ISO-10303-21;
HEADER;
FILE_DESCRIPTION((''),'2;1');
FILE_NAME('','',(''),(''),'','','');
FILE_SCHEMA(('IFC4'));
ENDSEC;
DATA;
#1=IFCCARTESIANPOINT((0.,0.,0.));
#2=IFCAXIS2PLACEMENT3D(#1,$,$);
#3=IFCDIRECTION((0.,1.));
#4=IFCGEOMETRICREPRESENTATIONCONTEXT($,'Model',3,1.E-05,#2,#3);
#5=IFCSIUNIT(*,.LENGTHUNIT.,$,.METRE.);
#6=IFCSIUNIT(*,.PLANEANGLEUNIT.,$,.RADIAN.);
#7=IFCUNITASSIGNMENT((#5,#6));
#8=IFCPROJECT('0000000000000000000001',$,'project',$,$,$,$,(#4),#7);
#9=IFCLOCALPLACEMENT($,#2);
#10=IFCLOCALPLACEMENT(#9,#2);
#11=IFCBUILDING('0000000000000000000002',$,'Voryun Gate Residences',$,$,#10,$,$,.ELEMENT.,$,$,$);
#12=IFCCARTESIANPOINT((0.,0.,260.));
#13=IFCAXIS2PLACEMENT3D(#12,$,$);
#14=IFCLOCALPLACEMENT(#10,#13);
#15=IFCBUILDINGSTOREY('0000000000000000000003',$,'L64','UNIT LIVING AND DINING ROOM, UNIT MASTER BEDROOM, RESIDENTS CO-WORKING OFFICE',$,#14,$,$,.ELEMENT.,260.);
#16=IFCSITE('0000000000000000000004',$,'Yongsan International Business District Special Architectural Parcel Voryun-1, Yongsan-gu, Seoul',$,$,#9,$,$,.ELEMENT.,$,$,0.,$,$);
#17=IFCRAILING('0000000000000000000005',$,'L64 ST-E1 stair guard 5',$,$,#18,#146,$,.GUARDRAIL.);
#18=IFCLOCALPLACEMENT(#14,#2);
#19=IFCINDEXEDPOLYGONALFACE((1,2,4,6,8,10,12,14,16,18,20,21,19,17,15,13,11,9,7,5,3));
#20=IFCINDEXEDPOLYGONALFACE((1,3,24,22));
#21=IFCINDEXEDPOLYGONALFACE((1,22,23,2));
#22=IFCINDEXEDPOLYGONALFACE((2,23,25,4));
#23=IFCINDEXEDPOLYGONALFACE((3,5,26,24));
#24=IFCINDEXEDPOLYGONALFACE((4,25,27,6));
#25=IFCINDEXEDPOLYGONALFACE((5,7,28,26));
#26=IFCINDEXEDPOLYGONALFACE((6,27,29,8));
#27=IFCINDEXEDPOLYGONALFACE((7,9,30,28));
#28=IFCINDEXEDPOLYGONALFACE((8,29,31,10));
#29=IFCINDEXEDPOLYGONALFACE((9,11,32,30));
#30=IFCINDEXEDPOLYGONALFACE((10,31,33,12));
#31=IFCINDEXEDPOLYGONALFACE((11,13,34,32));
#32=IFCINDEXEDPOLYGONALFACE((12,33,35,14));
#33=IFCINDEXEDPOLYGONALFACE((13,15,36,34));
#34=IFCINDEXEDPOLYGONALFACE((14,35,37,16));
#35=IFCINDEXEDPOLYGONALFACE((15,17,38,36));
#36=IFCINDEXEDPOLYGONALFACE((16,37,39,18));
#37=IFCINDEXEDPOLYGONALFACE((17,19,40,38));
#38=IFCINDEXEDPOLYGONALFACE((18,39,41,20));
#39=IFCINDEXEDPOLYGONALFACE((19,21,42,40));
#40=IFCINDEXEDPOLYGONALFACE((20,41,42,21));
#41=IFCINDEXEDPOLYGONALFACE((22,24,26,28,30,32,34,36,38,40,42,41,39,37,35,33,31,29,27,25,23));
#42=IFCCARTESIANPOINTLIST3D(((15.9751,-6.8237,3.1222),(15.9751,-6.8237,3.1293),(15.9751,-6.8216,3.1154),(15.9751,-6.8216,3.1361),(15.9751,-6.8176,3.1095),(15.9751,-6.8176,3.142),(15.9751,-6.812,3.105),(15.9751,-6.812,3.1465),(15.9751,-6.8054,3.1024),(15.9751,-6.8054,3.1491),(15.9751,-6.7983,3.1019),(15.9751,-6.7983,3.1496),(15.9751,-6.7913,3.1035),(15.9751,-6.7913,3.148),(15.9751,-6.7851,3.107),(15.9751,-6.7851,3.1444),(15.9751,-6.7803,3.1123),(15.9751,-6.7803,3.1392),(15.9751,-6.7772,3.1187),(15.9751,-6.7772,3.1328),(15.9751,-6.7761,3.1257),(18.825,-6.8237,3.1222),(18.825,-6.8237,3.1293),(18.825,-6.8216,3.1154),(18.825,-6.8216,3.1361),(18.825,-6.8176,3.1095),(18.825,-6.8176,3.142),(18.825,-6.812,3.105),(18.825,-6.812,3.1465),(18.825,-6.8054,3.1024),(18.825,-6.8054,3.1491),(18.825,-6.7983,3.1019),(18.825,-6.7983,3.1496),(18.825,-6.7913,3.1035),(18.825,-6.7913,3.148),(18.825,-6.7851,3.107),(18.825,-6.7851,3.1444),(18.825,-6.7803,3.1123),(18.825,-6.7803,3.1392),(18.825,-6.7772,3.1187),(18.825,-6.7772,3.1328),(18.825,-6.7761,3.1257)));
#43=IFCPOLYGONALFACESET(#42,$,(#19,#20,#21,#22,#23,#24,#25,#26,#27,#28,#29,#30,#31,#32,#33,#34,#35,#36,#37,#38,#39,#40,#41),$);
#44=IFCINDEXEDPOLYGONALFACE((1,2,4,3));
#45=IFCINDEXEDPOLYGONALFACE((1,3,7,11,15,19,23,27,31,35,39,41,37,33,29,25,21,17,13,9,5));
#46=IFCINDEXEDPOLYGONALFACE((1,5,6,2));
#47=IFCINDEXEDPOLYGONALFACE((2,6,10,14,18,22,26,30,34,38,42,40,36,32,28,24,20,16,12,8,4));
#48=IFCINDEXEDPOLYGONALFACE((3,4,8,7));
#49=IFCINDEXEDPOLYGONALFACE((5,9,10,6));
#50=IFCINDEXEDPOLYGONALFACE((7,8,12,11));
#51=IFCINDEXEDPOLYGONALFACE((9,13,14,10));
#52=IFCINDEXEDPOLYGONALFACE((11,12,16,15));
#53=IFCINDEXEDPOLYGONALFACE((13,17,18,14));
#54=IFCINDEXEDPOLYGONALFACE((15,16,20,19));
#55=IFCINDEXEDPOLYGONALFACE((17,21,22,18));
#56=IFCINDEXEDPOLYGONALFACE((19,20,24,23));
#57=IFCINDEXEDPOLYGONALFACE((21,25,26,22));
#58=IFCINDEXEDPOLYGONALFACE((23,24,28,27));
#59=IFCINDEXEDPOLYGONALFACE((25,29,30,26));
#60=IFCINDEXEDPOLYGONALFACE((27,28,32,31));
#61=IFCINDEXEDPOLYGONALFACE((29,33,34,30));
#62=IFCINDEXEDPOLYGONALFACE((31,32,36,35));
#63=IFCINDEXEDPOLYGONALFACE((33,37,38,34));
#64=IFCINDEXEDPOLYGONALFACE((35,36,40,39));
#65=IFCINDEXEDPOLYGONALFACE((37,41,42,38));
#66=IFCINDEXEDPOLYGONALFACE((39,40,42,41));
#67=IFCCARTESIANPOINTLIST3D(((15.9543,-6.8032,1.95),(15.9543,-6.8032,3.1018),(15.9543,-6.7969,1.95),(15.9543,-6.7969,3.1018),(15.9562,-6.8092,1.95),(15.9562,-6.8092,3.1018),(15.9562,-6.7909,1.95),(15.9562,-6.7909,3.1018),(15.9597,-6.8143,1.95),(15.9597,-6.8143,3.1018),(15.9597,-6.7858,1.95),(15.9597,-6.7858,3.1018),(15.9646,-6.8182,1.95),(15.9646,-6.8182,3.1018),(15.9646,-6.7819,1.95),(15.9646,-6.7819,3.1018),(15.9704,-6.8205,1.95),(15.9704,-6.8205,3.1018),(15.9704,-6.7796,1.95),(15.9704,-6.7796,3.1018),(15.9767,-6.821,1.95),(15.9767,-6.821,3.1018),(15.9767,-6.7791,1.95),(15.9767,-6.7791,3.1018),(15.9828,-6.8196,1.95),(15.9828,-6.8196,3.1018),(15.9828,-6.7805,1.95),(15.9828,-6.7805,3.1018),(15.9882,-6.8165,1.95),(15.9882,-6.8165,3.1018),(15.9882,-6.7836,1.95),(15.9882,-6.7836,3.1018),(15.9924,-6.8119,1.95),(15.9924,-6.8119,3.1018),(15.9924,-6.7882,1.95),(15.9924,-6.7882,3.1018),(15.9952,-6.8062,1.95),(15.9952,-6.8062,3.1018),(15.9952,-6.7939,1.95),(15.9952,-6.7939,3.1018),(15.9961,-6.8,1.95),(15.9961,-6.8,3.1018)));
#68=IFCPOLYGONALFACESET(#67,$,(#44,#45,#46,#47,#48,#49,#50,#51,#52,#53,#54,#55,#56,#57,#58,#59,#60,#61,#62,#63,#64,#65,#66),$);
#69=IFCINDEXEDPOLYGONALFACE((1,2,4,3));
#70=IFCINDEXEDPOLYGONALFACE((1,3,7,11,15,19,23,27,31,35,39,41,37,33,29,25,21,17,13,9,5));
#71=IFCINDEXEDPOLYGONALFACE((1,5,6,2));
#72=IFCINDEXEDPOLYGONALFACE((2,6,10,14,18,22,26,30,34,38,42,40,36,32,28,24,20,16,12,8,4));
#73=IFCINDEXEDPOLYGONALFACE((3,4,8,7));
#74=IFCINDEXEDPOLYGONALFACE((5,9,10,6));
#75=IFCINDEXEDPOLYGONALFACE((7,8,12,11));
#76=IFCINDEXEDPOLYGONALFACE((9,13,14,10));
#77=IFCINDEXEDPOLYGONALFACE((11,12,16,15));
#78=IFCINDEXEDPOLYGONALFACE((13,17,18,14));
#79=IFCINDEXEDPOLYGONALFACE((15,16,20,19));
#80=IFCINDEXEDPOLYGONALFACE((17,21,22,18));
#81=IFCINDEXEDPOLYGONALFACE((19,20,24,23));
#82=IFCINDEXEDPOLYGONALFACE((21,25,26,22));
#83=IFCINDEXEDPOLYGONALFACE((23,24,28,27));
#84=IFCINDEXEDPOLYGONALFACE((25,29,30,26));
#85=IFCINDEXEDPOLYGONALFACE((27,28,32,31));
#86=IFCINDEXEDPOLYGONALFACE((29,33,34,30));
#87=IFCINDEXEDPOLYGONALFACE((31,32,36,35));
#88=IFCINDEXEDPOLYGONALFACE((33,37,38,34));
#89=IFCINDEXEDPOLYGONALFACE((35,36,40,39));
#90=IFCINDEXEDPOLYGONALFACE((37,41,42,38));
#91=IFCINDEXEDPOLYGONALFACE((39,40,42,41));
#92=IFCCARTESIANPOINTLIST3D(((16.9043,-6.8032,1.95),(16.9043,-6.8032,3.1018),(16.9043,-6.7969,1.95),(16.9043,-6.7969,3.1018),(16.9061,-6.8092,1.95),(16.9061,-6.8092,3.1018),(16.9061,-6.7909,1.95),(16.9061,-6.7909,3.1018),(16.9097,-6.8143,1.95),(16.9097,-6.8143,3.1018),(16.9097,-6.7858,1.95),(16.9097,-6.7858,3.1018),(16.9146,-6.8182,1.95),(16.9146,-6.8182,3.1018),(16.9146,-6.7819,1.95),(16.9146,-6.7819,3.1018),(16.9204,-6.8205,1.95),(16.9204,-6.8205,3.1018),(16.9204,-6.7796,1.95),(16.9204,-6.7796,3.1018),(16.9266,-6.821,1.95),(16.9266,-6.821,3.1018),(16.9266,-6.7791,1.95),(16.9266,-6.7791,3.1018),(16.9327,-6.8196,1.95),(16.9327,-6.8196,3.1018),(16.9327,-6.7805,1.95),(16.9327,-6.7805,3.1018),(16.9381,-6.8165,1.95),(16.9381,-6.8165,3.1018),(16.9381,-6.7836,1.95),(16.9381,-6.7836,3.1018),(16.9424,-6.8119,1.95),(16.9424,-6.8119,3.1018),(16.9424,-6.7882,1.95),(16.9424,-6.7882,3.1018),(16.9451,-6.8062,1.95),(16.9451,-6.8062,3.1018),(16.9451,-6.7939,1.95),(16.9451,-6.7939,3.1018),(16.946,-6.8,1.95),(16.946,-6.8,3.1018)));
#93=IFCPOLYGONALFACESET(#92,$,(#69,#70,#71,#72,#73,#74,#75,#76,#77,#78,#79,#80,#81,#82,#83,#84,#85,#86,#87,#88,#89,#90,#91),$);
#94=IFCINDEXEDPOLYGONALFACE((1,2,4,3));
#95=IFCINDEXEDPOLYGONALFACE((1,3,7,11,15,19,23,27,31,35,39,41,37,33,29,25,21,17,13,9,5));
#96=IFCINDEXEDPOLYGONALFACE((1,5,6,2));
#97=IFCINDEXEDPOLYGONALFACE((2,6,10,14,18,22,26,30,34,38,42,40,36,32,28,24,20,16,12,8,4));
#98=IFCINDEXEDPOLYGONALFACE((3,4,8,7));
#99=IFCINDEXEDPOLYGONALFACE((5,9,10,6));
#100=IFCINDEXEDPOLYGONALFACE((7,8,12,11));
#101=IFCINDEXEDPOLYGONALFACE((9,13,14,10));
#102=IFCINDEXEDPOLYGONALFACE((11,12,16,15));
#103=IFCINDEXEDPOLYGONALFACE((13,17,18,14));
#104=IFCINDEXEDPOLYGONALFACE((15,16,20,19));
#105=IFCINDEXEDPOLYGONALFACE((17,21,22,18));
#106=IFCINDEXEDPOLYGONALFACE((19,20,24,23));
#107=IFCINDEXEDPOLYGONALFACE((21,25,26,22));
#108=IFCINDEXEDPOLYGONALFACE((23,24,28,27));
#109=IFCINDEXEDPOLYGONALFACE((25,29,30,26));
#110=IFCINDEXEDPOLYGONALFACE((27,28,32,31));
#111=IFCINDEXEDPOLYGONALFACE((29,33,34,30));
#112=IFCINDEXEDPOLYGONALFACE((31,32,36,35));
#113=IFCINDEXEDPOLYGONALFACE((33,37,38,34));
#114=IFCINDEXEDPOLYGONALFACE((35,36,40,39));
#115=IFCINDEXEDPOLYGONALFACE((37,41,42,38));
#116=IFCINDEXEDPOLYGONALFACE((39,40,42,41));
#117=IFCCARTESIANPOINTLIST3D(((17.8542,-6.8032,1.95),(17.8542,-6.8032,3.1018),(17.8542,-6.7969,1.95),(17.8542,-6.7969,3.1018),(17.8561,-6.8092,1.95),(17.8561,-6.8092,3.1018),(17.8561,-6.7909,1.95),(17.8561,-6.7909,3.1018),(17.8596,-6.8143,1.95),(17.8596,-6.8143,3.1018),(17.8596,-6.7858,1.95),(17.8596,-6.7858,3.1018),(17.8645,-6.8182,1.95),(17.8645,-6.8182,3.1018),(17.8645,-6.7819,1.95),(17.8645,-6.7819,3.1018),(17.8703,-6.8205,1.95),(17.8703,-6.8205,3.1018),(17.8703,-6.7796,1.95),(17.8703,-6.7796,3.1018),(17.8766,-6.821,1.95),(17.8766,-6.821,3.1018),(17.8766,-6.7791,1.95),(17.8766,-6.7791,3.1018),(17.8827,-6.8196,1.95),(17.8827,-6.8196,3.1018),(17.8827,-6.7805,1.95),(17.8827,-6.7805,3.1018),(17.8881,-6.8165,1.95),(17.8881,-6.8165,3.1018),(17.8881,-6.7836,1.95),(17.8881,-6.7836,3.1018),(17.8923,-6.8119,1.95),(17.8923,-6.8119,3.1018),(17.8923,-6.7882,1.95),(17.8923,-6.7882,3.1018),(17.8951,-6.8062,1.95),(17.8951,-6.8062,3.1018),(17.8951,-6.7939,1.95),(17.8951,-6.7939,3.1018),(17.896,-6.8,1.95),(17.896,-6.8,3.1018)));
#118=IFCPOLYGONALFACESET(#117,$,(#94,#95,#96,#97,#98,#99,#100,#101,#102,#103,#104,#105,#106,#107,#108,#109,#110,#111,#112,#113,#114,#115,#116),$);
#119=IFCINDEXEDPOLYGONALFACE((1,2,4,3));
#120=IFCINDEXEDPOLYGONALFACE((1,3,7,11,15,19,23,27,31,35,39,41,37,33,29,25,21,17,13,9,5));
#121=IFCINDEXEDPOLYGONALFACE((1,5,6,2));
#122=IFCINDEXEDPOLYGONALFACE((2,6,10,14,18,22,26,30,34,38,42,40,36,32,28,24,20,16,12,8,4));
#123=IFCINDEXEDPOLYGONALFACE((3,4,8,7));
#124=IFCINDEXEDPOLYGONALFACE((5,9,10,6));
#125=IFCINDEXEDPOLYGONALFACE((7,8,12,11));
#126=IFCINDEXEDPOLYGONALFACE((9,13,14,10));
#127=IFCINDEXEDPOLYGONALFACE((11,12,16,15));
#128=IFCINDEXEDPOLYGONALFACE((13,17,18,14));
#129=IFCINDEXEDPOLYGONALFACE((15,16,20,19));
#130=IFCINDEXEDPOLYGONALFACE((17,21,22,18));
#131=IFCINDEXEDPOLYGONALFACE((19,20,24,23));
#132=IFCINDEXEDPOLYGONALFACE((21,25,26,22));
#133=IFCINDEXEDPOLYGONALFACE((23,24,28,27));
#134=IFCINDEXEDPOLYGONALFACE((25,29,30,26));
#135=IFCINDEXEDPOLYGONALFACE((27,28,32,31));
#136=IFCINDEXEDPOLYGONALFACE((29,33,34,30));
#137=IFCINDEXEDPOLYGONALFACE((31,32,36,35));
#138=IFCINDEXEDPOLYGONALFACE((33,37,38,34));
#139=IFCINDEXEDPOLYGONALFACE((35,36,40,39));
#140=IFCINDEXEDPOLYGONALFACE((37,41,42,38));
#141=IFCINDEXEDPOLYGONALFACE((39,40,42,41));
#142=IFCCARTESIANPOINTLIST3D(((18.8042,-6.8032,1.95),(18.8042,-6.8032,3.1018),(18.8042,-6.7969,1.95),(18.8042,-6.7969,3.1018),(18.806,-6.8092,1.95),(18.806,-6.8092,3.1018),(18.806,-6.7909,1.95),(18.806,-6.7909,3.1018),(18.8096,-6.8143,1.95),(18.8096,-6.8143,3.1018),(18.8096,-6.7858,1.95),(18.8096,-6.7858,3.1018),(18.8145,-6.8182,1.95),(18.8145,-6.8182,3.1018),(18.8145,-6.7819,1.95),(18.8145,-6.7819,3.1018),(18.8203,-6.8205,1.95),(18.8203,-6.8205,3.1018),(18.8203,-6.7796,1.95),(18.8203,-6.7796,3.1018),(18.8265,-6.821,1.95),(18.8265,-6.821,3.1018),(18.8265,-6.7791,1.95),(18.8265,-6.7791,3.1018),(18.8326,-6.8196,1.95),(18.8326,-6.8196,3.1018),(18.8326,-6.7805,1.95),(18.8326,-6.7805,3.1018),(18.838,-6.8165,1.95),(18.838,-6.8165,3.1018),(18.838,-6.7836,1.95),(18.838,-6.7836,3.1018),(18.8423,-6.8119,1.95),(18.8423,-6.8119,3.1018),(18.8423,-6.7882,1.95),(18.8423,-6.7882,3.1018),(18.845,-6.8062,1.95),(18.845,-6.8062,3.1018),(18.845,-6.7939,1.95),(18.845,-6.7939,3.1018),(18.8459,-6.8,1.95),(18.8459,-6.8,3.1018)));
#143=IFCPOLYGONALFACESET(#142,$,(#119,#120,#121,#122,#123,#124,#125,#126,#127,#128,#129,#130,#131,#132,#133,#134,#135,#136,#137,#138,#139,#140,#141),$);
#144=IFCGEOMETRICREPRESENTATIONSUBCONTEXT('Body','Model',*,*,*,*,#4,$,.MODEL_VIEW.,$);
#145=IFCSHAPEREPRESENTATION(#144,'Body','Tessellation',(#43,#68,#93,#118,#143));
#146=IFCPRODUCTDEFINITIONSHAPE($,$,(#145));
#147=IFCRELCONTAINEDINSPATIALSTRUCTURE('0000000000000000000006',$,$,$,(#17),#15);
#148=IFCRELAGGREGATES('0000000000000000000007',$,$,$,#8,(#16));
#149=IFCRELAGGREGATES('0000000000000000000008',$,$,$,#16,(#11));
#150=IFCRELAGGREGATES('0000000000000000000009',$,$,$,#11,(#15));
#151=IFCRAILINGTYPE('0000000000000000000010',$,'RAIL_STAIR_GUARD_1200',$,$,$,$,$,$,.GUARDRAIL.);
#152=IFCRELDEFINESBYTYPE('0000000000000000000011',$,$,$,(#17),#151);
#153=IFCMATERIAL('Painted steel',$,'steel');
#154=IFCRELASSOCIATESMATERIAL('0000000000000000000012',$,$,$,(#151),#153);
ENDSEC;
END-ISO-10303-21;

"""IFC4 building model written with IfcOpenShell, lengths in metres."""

from ifc_helpers import new_model, si_unit, direction, frame, origin, origin_2d, place, context, subcontext, project, spatial, circle, extrude, material, type_object, element, save


model = new_model("IFC4")

# Units and contexts
model_context = context("Model", 3, precision=1e-05, world=origin(), true_north=direction((0.0, 1.0)))
body_context = subcontext(model_context, "Body", "Model", "MODEL_VIEW")
ifc_project = project(units=[si_unit("LENGTHUNIT", "METRE"), si_unit("PLANEANGLEUNIT", "RADIAN")], contexts=[model_context])

# Site, building, storey
site_placement = place(None, origin())
site = spatial("IfcSite", under=ifc_project, at=site_placement, Name="Yongsan International Business District Special Architectural Parcel Voryun-1, Yongsan-gu, Seoul", CompositionType="ELEMENT", RefElevation=0.0)
building_placement = place(site_placement, origin())
building = spatial("IfcBuilding", under=site, at=building_placement, Name="Voryun Gate Residences", CompositionType="ELEMENT")
storey_placement = place(building_placement, frame((0.0, 0.0, 260.0)))
storey = spatial("IfcBuildingStorey", under=building, at=storey_placement, Name="L64", Description="UNIT LIVING AND DINING ROOM, UNIT MASTER BEDROOM, RESIDENTS CO-WORKING OFFICE", CompositionType="ELEMENT", Elevation=260.0)

# Railing
ifc_material_1 = material(Name="Painted steel", Category="steel")
railing_type_1 = type_object("IfcRailingType", Name="RAIL_STAIR_GUARD_1200", PredefinedType="GUARDRAIL", material=ifc_material_1)
railing_1_placement = place(storey_placement, frame((15.9751, -6.8, 1.95)))
element("IfcRailing", 1, at=railing_1_placement, inside=storey, type_object=railing_type_1, Name="L64 ST-E1 stair guard 5", PredefinedType="GUARDRAIL", context=body_context, shape_type="SweptSolid", body=[
    extrude(circle(Radius=0.0239, at=origin_2d()), frame((0.0, 0.0, 1.1758), z_axis=(1.0, 0.0, 0.0), x_axis=(0.0, 1.0, 0.0)), (0.0, 0.0, 1.0), 2.8499),
    extrude(circle(Radius=0.021, at=origin_2d()), origin(), (0.0, 0.0, 1.0), 1.1519),
    extrude(circle(Radius=0.021, at=origin_2d()), frame((0.95, 0.0, 0.0)), (0.0, 0.0, 1.0), 1.1519),
    extrude(circle(Radius=0.021, at=origin_2d()), frame((1.8999, 0.0, 0.0)), (0.0, 0.0, 1.0), 1.1519),
    extrude(circle(Radius=0.021, at=origin_2d()), frame((2.8499, 0.0, 0.0)), (0.0, 0.0, 1.0), 1.1519),
])

save(model, "model.ifc")
